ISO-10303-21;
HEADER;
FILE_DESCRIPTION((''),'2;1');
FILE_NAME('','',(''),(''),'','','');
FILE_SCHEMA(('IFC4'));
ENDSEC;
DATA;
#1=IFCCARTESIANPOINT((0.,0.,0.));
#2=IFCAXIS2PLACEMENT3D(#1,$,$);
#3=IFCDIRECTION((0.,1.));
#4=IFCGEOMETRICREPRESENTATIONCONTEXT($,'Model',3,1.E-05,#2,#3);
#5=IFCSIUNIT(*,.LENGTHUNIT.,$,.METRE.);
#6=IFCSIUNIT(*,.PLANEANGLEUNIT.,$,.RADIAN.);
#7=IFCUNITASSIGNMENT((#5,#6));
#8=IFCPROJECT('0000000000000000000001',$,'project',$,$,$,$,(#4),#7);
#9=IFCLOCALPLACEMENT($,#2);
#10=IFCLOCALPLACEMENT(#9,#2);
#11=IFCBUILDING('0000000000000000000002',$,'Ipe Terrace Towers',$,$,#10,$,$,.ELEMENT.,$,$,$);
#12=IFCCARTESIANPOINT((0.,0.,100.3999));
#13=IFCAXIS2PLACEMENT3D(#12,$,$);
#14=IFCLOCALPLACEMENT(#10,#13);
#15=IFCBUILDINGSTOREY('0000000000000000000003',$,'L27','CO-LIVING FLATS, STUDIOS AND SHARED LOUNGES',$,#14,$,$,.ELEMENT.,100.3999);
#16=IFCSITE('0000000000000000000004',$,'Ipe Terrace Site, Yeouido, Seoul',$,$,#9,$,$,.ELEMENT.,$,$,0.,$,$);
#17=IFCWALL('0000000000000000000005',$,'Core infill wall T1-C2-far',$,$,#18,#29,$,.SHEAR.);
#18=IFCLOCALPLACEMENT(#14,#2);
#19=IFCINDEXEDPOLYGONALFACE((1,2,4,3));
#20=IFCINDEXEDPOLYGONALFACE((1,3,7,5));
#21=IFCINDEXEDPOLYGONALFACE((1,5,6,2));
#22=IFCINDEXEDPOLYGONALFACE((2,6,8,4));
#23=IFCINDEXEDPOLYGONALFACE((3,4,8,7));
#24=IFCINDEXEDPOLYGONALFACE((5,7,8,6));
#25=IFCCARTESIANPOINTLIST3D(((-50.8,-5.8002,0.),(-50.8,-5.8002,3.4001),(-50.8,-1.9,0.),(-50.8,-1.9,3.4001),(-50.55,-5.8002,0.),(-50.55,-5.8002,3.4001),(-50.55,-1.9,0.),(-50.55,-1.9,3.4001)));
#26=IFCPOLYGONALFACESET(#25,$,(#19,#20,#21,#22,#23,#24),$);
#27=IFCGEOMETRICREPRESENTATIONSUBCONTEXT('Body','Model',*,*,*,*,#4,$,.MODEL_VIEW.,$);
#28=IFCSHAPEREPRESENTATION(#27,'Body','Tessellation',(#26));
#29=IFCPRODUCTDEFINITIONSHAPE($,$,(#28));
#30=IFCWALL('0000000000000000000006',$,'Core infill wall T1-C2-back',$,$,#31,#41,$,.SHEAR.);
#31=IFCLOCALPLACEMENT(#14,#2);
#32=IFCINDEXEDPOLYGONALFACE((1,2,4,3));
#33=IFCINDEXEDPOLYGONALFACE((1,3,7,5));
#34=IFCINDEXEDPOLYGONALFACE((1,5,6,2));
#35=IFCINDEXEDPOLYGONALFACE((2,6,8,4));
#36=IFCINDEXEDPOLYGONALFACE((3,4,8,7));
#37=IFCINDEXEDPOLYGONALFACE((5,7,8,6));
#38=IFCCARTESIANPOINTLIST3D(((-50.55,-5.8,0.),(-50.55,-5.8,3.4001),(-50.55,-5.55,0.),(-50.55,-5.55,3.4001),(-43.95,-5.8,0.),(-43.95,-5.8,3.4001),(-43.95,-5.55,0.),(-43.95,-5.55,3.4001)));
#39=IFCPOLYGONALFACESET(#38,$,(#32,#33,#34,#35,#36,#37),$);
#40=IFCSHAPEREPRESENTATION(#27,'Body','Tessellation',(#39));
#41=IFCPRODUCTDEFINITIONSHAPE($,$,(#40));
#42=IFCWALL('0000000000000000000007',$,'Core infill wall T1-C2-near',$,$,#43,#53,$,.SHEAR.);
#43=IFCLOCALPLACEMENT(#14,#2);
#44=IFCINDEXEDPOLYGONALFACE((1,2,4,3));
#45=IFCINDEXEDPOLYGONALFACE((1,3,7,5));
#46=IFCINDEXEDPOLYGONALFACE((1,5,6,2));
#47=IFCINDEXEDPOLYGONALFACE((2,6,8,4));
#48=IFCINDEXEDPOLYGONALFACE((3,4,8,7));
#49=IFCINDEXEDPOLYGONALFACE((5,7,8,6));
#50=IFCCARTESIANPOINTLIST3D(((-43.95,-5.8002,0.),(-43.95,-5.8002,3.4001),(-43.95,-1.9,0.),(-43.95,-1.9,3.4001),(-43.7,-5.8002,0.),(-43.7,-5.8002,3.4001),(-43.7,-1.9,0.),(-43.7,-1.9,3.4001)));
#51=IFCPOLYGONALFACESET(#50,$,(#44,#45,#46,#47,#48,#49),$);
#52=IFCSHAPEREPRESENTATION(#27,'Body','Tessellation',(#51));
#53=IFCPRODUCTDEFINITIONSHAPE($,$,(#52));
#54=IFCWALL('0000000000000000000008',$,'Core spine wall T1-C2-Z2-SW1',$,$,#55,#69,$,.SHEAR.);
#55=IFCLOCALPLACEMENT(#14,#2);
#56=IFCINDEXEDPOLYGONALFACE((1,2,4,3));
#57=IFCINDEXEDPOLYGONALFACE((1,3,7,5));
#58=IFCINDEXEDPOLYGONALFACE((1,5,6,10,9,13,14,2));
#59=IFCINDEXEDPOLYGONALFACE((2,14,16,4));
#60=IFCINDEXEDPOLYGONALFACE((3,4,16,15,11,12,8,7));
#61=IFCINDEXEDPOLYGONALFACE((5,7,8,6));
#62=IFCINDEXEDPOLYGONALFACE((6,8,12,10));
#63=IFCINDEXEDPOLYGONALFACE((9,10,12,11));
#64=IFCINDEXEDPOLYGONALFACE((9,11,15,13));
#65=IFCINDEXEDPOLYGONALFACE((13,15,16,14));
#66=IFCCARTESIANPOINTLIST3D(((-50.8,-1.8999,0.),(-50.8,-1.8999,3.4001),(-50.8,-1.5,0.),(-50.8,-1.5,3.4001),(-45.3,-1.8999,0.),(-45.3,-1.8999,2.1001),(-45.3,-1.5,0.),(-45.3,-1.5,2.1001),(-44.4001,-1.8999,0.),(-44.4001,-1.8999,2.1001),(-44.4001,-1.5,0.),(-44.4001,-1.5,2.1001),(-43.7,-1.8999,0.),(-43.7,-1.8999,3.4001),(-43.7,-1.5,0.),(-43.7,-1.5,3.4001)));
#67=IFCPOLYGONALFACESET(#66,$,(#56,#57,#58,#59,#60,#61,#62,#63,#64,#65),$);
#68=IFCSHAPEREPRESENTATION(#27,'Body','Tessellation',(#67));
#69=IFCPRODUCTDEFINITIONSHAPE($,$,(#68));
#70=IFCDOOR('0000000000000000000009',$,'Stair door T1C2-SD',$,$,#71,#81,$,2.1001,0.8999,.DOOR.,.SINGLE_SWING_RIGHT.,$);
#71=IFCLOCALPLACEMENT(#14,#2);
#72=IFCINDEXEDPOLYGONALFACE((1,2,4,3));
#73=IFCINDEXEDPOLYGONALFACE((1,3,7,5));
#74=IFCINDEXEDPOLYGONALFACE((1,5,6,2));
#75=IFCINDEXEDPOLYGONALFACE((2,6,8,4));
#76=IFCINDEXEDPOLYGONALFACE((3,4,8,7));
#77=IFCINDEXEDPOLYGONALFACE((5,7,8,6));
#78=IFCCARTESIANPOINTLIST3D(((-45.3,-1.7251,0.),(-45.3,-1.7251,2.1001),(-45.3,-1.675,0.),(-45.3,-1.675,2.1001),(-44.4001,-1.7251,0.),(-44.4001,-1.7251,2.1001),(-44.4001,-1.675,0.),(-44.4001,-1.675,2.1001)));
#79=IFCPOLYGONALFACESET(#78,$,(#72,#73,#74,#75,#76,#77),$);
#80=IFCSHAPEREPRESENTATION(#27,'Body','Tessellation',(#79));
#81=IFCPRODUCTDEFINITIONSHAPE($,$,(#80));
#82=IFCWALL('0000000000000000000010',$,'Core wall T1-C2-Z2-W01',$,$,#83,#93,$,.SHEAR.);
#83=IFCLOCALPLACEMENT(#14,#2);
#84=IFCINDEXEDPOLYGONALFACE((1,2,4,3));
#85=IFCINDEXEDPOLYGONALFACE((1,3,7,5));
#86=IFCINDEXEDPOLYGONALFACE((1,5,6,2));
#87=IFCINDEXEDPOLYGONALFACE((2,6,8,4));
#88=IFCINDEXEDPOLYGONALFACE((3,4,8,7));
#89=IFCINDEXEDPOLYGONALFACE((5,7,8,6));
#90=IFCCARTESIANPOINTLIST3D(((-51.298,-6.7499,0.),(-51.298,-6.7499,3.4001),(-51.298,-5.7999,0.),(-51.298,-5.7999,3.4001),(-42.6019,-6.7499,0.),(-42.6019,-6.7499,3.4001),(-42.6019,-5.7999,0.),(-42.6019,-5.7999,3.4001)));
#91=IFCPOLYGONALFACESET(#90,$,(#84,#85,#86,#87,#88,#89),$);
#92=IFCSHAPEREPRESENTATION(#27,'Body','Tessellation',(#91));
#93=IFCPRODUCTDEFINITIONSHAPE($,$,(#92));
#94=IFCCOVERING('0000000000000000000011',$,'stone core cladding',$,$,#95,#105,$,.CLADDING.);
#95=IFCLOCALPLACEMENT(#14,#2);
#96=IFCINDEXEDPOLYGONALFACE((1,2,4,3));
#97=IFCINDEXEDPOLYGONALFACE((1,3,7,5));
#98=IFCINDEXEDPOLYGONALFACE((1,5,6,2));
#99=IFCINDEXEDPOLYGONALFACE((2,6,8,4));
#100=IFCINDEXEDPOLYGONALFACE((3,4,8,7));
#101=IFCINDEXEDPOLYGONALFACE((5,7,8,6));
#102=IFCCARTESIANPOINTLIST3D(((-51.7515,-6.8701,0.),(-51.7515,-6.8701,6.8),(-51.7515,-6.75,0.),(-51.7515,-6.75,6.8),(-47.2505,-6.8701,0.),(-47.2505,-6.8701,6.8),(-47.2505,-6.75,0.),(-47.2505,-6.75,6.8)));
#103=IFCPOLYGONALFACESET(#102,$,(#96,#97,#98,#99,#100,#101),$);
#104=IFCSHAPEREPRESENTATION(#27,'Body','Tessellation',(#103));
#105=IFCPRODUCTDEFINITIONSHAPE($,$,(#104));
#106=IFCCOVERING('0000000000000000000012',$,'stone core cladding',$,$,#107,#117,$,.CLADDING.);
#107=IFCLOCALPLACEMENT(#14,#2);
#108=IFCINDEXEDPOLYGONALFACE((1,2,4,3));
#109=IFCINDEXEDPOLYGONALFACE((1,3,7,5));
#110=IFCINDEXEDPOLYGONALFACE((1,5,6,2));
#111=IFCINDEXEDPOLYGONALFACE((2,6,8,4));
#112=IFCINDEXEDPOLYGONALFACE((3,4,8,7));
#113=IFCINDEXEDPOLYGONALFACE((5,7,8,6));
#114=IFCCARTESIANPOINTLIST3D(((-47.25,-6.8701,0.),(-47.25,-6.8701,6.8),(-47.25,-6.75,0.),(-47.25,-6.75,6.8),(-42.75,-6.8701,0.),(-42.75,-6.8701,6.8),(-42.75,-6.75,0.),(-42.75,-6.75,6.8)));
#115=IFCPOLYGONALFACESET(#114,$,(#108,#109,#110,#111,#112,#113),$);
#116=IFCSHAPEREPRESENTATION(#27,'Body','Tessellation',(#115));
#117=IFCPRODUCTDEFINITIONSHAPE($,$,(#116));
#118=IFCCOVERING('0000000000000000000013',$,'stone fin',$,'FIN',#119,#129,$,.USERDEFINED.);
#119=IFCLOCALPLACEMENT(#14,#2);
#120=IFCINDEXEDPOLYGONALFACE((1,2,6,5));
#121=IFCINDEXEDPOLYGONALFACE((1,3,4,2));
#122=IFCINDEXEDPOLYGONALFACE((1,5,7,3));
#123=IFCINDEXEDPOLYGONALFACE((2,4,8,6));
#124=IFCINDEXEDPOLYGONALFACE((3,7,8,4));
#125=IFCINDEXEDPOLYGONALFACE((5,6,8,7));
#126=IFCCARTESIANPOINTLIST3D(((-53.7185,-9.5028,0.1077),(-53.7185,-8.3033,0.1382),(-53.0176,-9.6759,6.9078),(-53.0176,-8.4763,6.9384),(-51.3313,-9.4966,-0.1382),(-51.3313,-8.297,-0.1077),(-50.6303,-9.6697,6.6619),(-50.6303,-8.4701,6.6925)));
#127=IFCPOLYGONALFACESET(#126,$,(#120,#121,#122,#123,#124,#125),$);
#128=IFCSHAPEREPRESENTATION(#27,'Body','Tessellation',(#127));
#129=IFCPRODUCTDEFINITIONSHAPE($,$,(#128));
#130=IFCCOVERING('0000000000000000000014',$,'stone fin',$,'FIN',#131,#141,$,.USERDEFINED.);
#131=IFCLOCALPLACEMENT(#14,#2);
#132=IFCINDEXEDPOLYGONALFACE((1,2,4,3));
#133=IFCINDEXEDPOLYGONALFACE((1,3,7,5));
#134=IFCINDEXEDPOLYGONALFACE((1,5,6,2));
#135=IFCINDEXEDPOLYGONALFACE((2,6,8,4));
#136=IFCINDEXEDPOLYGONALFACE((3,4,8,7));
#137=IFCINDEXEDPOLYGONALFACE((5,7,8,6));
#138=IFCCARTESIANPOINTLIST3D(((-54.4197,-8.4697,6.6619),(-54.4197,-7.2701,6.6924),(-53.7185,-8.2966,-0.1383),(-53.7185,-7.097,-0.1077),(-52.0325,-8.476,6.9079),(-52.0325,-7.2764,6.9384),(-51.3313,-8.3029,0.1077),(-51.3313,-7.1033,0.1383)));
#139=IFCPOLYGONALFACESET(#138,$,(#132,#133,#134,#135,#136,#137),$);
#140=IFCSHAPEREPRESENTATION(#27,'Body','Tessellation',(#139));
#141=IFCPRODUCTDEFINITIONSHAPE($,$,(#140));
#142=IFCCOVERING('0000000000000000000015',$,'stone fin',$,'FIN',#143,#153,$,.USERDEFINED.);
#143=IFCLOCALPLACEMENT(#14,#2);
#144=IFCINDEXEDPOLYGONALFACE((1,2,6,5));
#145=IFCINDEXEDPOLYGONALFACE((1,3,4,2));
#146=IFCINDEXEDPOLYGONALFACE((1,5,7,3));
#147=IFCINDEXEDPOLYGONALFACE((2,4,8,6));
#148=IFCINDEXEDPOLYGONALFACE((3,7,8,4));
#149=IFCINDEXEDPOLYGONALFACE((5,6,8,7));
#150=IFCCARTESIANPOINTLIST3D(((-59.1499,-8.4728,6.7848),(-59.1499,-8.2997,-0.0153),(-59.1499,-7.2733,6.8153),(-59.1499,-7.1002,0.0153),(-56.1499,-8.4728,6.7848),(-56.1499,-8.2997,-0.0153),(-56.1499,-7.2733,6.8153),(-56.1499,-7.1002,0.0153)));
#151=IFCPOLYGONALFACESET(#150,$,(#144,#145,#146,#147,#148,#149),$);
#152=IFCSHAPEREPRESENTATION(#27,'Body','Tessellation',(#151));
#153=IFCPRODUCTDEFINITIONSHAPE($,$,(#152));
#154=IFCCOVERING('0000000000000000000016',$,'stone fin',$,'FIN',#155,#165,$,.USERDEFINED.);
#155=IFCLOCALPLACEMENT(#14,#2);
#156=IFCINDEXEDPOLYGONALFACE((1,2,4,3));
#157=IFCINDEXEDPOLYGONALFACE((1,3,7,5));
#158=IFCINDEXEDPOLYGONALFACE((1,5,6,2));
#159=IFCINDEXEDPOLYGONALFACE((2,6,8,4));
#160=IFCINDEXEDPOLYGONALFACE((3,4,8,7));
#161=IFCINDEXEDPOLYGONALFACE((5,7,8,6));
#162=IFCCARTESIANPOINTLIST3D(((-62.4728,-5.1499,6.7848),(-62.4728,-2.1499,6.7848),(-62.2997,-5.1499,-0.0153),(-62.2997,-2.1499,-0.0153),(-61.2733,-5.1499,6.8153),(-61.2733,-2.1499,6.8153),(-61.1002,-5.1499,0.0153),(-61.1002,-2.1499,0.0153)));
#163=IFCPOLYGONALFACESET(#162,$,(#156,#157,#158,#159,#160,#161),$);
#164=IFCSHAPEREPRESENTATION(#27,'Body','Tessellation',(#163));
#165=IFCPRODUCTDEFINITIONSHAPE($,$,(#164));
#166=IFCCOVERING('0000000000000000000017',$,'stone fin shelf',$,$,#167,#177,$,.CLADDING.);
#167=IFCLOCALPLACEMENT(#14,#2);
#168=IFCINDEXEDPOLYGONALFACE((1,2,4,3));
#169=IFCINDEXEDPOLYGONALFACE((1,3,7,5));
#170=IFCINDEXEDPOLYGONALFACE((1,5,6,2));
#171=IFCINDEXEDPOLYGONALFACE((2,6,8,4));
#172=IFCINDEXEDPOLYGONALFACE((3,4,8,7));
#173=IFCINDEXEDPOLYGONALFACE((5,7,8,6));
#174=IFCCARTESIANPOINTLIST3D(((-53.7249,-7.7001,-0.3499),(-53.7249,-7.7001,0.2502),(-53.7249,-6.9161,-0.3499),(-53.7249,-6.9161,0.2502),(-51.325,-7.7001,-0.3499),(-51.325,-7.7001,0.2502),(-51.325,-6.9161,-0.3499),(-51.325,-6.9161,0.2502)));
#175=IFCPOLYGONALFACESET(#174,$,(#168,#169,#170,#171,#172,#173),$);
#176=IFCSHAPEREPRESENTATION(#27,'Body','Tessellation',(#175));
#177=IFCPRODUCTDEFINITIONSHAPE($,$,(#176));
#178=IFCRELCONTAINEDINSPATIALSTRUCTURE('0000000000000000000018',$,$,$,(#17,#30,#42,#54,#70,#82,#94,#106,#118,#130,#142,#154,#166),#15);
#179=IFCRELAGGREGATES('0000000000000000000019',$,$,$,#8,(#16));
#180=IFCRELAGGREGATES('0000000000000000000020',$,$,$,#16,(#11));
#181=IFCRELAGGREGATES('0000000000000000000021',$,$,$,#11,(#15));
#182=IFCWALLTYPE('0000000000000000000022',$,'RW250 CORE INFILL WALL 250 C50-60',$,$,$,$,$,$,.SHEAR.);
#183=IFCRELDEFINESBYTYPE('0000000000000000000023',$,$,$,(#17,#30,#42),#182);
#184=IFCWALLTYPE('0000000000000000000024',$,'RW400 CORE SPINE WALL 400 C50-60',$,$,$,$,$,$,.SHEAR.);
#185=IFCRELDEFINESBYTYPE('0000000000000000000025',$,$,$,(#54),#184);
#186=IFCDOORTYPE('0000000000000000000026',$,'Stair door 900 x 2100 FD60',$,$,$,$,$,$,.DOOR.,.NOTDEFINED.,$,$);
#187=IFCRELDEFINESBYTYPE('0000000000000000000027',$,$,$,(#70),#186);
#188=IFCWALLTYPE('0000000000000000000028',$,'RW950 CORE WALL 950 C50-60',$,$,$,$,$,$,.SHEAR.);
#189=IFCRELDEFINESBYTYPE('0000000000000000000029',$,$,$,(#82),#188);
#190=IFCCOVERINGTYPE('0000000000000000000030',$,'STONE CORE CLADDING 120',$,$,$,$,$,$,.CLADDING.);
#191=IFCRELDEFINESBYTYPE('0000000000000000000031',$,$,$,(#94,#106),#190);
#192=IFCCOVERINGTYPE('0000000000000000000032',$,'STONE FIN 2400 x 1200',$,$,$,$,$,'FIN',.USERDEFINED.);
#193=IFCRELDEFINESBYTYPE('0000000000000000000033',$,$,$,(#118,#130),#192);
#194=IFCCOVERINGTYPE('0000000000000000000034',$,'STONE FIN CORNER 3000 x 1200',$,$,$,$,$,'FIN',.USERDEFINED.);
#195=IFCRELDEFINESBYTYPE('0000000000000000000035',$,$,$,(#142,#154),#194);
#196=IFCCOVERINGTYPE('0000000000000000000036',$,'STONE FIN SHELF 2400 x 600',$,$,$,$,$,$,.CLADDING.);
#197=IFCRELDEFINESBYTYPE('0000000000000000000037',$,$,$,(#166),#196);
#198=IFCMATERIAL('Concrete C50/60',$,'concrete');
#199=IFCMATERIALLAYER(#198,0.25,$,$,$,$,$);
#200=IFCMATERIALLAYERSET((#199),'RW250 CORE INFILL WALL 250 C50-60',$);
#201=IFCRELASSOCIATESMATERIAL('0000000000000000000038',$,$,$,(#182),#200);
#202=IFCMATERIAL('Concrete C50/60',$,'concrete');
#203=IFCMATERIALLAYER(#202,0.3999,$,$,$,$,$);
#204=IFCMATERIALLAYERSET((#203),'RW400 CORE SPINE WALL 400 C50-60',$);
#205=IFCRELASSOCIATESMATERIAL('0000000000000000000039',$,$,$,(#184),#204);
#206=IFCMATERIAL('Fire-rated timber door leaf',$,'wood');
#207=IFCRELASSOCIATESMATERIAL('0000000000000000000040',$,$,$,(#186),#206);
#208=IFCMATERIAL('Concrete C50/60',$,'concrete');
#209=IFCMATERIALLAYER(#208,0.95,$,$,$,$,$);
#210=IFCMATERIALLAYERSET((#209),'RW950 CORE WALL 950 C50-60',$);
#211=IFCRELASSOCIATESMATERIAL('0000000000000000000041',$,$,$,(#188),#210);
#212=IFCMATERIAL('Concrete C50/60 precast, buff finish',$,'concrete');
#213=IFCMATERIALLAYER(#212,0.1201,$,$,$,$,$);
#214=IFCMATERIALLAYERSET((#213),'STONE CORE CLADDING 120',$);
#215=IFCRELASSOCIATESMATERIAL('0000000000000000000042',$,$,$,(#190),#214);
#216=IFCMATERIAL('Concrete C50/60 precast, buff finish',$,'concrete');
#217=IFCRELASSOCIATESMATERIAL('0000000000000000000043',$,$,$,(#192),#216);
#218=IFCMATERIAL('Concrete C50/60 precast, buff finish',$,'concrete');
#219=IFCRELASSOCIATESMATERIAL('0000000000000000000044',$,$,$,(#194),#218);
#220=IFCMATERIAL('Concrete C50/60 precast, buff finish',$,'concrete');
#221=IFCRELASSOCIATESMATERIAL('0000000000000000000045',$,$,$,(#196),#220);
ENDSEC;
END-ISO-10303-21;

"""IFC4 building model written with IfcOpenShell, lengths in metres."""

from ifc_helpers import new_model, si_unit, direction, frame, frame_2d, origin, origin_2d, place, context, subcontext, project, spatial, rectangle, extrude, material, layer, layer_set, material_profile, profile_set, type_object, element, fill, save


model = new_model("IFC4")

# Units and contexts
model_context = context("Model", 3, precision=1e-05, world=origin(), true_north=direction((0.0, 1.0)))
body_context = subcontext(model_context, "Body", "Model", "MODEL_VIEW")
ifc_project = project(units=[si_unit("LENGTHUNIT", "METRE"), si_unit("PLANEANGLEUNIT", "RADIAN")], contexts=[model_context])

# Site, building, storey
site_placement = place(None, origin())
site = spatial("IfcSite", under=ifc_project, at=site_placement, Name="Ipe Terrace Site, Yeouido, Seoul", CompositionType="ELEMENT", RefElevation=0.0)
building_placement = place(site_placement, origin())
building = spatial("IfcBuilding", under=site, at=building_placement, Name="Ipe Terrace Towers", CompositionType="ELEMENT")
storey_placement = place(building_placement, frame((0.0, 0.0, 100.3999)))
storey = spatial("IfcBuildingStorey", under=building, at=storey_placement, Name="L27", Description="CO-LIVING FLATS, STUDIOS AND SHARED LOUNGES", CompositionType="ELEMENT", Elevation=100.3999)

# Walls
ifc_material_1 = material(Name="Concrete C50/60", Category="concrete")
ifc_layer_1 = layer(ifc_material_1, 0.25)
ifc_layer_set_1 = layer_set([ifc_layer_1], Name="RW250 CORE INFILL WALL 250 C50-60")
wall_type_1 = type_object("IfcWallType", Name="RW250 CORE INFILL WALL 250 C50-60", PredefinedType="SHEAR", material=ifc_layer_set_1)
wall_1_placement = place(storey_placement, frame((-50.675, -1.8999, 0.0), z_axis=(0.0, 0.0, 1.0), x_axis=(0.0, -1.0, 0.0)))
element("IfcWall", 1, at=wall_1_placement, inside=storey, type_object=wall_type_1, Name="Core infill wall T1-C2-far", PredefinedType="SHEAR", context=body_context, shape_type="SweptSolid", body=[
    extrude(rectangle(XDim=3.9001, YDim=0.25, at=frame_2d((1.9502, 0.0))), origin(), (0.0, 0.0, 1.0), 3.4001),
])
wall_2_placement = place(storey_placement, frame((-43.95, -5.675, 0.0), z_axis=(0.0, 0.0, 1.0), x_axis=(-1.0, 0.0, 0.0)))
element("IfcWall", 2, at=wall_2_placement, inside=storey, type_object=wall_type_1, Name="Core infill wall T1-C2-back", PredefinedType="SHEAR", context=body_context, shape_type="SweptSolid", body=[
    extrude(rectangle(XDim=6.6001, YDim=0.25, at=frame_2d((3.3, 0.0))), origin(), (0.0, 0.0, 1.0), 3.4001),
])
wall_3_placement = place(storey_placement, frame((-43.825, -1.8999, 0.0), z_axis=(0.0, 0.0, 1.0), x_axis=(0.0, -1.0, 0.0)))
element("IfcWall", 3, at=wall_3_placement, inside=storey, type_object=wall_type_1, Name="Core infill wall T1-C2-near", PredefinedType="SHEAR", context=body_context, shape_type="SweptSolid", body=[
    extrude(rectangle(XDim=3.9001, YDim=0.25, at=frame_2d((1.9502, 0.0))), origin(), (0.0, 0.0, 1.0), 3.4001),
])

# Wall, opening, door
ifc_material_2 = material(Name="Concrete C50/60", Category="concrete")
ifc_layer_2 = layer(ifc_material_2, 0.3999)
ifc_layer_set_2 = layer_set([ifc_layer_2], Name="RW400 CORE SPINE WALL 400 C50-60")
wall_type_2 = type_object("IfcWallType", Name="RW400 CORE SPINE WALL 400 C50-60", PredefinedType="SHEAR", material=ifc_layer_set_2)
wall_4_placement = place(storey_placement, frame((-50.8, -1.7, 0.0), z_axis=(0.0, 0.0, 1.0), x_axis=(1.0, 0.0, 0.0)))
wall_4 = element("IfcWall", 4, at=wall_4_placement, inside=storey, type_object=wall_type_2, Name="Core spine wall T1-C2-Z2-SW1", PredefinedType="SHEAR", context=body_context, shape_type="SweptSolid", body=[
    extrude(rectangle(XDim=7.1001, YDim=0.3999, at=frame_2d((3.55, 0.0))), origin(), (0.0, 0.0, 1.0), 3.4001),
])
opening_1_placement = place(wall_4_placement, frame((5.5, 0.0, 0.0)))
opening_1 = element("IfcOpeningElement", 5, at=opening_1_placement, cuts=wall_4, PredefinedType="OPENING", context=body_context, shape_type="SweptSolid", body=[
    extrude(rectangle(XDim=0.8999, YDim=2.1001, at=frame_2d((0.45, 1.05))), frame((0.0, 0.21, 0.0), z_axis=(0.0, -1.0, 0.0), x_axis=(1.0, 0.0, 0.0)), (0.0, 0.0, 1.0), 0.4199),
])
ifc_material_3 = material(Name="Fire-rated timber door leaf", Category="wood")
door_type_1 = type_object("IfcDoorType", Name="Stair door 900 x 2100 FD60", OperationType="NOTDEFINED", PredefinedType="DOOR", material=ifc_material_3)
door_1_placement = place(opening_1_placement, origin())
door_1 = element("IfcDoor", 6, at=door_1_placement, inside=storey, type_object=door_type_1, Name="Stair door T1C2-SD", OperationType="SINGLE_SWING_RIGHT", OverallHeight=2.1001, OverallWidth=0.8999, PredefinedType="DOOR", context=body_context, shape_type="SweptSolid", body=[
    extrude(rectangle(XDim=0.8999, YDim=2.1001, at=frame_2d((0.45, 1.05))), frame((0.0, 0.0249, 0.0), z_axis=(0.0, -1.0, 0.0), x_axis=(1.0, 0.0, 0.0)), (0.0, 0.0, 1.0), 0.05),
])
fill(opening_1, door_1)

# Wall
ifc_material_4 = material(Name="Concrete C50/60", Category="concrete")
ifc_layer_3 = layer(ifc_material_4, 0.95)
ifc_layer_set_3 = layer_set([ifc_layer_3], Name="RW950 CORE WALL 950 C50-60")
wall_type_3 = type_object("IfcWallType", Name="RW950 CORE WALL 950 C50-60", PredefinedType="SHEAR", material=ifc_layer_set_3)
wall_5_placement = place(storey_placement, frame((-51.2981, -6.2749, 0.0), z_axis=(0.0, 0.0, 1.0), x_axis=(1.0, 0.0, 0.0)))
element("IfcWall", 7, at=wall_5_placement, inside=storey, type_object=wall_type_3, Name="Core wall T1-C2-Z2-W01", PredefinedType="SHEAR", context=body_context, shape_type="SweptSolid", body=[
    extrude(rectangle(XDim=8.696, YDim=0.95, at=frame_2d((4.3481, 0.0))), origin(), (0.0, 0.0, 1.0), 3.4001),
])

# Coverings
ifc_material_5 = material(Name="Concrete C50/60 precast, buff finish", Category="concrete")
ifc_layer_4 = layer(ifc_material_5, 0.1201)
ifc_layer_set_4 = layer_set([ifc_layer_4], Name="STONE CORE CLADDING 120")
covering_type_1 = type_object("IfcCoveringType", Name="STONE CORE CLADDING 120", PredefinedType="CLADDING", material=ifc_layer_set_4)
covering_1_placement = place(storey_placement, frame((-49.501, -6.8101, 0.0), z_axis=(0.0, 0.0, 1.0), x_axis=(1.0, 0.0, 0.0)))
element("IfcCovering", 8, at=covering_1_placement, inside=storey, type_object=covering_type_1, Name="stone core cladding", PredefinedType="CLADDING", context=body_context, shape_type="SweptSolid", body=[
    extrude(rectangle(XDim=4.501, YDim=0.1201, at=origin_2d()), origin(), (0.0, 0.0, 1.0), 6.8),
])
covering_2_placement = place(storey_placement, frame((-45.0, -6.8101, 0.0), z_axis=(0.0, 0.0, 1.0), x_axis=(1.0, 0.0, 0.0)))
element("IfcCovering", 9, at=covering_2_placement, inside=storey, type_object=covering_type_1, Name="stone core cladding", PredefinedType="CLADDING", context=body_context, shape_type="SweptSolid", body=[
    extrude(rectangle(XDim=4.5, YDim=0.1201, at=origin_2d()), origin(), (0.0, 0.0, 1.0), 6.8),
])
ifc_material_6 = material(Name="Concrete C50/60 precast, buff finish", Category="concrete")
ifc_material_profile_1 = material_profile(ifc_material_6, rectangle(XDim=2.3999, YDim=1.2, at=origin_2d()), Name="STONE FIN 2400 x 1200")
ifc_profile_set_1 = profile_set([ifc_material_profile_1], Name="Concrete C50/60 precast, buff finish")
covering_type_2 = type_object("IfcCoveringType", Name="STONE FIN 2400 x 1200", ElementType="FIN", PredefinedType="USERDEFINED", material=ifc_profile_set_1)
for number, where, z_axis, x_axis, name in (
    (10, (-52.5249, -8.8999, 0.0), (0.102501, -0.025313, 0.994411), (0.994733, 0.002608, -0.102468), "stone fin"),
    (11, (-52.5249, -7.7, 0.0), (-0.102536, -0.025313, 0.994407), (0.994729, -0.002609, 0.102503), "stone fin"),
):
    element("IfcCovering", number, at=place(storey_placement, frame(where, z_axis=z_axis, x_axis=x_axis)), inside=storey, type_object=covering_type_2, Name=name, ObjectType="FIN", PredefinedType="USERDEFINED", context=body_context, shape_type="SweptSolid", body=[
        extrude(rectangle(XDim=2.3999, YDim=1.2, at=origin_2d()), origin(), (0.0, 0.0, 1.0), 6.8384),
    ])
ifc_material_7 = material(Name="Concrete C50/60 precast, buff finish", Category="concrete")
ifc_material_profile_2 = material_profile(ifc_material_7, rectangle(XDim=3.0, YDim=1.2, at=origin_2d()), Name="STONE FIN CORNER 3000 x 1200")
ifc_profile_set_2 = profile_set([ifc_material_profile_2], Name="Concrete C50/60 precast, buff finish")
covering_type_3 = type_object("IfcCoveringType", Name="STONE FIN CORNER 3000 x 1200", ElementType="FIN", PredefinedType="USERDEFINED", material=ifc_profile_set_2)
for number, where, z_axis, x_axis, name in (
    (12, (-57.6499, -7.7, 0.0), (0.0, -0.025447, 0.999676), (1.0, 0.0, 0.0), "stone fin"),
    (13, (-61.7, -3.6499, 0.0), (-0.025447, 0.0, 0.999676), (0.0, -1.0, 0.0), "stone fin"),
):
    element("IfcCovering", number, at=place(storey_placement, frame(where, z_axis=z_axis, x_axis=x_axis)), inside=storey, type_object=covering_type_3, Name=name, ObjectType="FIN", PredefinedType="USERDEFINED", context=body_context, shape_type="SweptSolid", body=[
        extrude(rectangle(XDim=3.0, YDim=1.2, at=origin_2d()), origin(), (0.0, 0.0, 1.0), 6.8022),
    ])
ifc_material_8 = material(Name="Concrete C50/60 precast, buff finish", Category="concrete")
covering_type_4 = type_object("IfcCoveringType", Name="STONE FIN SHELF 2400 x 600", PredefinedType="CLADDING", material=ifc_material_8)
covering_3_placement = place(storey_placement, frame((-52.5249, -7.3081, -0.3499), z_axis=(0.0, 0.0, 1.0), x_axis=(1.0, 0.0, 0.0)))
element("IfcCovering", 14, at=covering_3_placement, inside=storey, type_object=covering_type_4, Name="stone fin shelf", PredefinedType="CLADDING", context=body_context, shape_type="SweptSolid", body=[
    extrude(rectangle(XDim=2.3999, YDim=0.7839, at=origin_2d()), origin(), (0.0, 0.0, 1.0), 0.6001),
])

save(model, "model.ifc")
